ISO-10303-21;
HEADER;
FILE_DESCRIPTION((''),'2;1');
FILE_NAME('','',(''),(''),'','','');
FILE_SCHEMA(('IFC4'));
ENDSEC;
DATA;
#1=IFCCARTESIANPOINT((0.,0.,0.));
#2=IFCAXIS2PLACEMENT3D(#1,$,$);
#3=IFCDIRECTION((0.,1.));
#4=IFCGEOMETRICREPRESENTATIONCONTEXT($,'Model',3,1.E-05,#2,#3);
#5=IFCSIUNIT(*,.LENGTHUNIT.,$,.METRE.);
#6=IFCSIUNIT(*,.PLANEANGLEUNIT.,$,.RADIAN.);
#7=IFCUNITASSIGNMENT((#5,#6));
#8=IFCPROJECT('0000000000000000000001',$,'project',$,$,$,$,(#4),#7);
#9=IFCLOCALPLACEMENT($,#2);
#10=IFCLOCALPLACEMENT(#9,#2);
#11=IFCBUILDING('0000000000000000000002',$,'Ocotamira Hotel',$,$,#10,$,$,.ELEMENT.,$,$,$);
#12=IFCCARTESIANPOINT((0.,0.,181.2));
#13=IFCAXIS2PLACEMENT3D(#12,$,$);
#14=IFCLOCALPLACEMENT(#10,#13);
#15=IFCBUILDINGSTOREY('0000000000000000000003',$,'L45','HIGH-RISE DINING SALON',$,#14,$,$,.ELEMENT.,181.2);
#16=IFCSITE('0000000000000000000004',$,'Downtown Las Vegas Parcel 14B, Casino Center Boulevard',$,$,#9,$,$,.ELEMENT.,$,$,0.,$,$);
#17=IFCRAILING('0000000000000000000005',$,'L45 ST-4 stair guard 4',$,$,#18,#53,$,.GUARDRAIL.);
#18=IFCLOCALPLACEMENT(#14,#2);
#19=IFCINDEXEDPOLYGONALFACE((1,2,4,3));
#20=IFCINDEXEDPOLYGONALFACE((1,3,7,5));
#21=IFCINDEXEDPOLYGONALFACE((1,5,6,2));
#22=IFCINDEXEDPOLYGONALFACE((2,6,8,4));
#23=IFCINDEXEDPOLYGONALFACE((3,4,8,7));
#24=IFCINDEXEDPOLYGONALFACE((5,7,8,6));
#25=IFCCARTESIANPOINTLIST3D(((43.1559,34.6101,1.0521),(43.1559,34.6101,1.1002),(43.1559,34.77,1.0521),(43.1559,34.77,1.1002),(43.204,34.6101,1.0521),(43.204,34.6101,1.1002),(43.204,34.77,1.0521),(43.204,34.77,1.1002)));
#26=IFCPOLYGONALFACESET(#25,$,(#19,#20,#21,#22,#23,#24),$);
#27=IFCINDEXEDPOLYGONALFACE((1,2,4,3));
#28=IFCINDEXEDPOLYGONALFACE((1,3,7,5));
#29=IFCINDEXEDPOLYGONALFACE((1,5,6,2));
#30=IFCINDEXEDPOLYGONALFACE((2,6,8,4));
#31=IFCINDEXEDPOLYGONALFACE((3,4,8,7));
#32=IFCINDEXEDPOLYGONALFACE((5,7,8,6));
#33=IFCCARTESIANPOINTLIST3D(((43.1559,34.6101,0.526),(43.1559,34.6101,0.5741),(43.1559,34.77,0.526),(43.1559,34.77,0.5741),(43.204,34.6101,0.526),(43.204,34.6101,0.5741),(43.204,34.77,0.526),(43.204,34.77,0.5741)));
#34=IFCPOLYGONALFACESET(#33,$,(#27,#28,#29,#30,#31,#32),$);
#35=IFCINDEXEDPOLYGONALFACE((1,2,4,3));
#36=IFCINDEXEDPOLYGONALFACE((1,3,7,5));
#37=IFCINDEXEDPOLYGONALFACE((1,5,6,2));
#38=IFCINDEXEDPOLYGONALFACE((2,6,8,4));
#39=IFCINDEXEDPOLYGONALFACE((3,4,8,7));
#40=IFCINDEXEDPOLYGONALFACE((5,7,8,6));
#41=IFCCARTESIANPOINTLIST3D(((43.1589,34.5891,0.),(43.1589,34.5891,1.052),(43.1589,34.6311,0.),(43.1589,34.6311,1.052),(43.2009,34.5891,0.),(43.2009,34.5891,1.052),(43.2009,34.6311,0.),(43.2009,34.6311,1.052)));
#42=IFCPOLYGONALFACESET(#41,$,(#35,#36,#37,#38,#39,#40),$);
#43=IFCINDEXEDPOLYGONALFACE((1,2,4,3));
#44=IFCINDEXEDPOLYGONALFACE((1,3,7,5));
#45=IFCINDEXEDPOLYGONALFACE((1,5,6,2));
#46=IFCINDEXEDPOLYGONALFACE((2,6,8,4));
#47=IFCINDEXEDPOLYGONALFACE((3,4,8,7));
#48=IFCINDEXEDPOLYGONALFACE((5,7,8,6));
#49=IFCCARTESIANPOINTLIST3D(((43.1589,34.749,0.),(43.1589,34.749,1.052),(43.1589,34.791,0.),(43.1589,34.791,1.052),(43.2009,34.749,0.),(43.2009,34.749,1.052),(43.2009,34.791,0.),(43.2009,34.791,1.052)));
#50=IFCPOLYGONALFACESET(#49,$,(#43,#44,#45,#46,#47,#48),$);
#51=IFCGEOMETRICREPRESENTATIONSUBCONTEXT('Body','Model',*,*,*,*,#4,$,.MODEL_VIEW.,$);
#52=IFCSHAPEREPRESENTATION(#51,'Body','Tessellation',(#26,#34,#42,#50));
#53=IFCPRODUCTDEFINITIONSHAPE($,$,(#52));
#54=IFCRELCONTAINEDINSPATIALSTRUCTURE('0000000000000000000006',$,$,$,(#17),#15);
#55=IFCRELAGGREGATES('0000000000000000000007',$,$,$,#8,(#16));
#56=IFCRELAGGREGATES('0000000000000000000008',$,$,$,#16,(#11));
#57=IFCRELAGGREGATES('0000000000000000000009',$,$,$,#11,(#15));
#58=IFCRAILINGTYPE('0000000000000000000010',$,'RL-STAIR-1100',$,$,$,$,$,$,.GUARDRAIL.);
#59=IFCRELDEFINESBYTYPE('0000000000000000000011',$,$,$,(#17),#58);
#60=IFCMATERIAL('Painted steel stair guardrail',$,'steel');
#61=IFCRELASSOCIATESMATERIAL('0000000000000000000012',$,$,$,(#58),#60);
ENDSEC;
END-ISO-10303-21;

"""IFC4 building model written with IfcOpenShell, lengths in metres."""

from ifc_helpers import new_model, si_unit, direction, frame, origin, origin_2d, place, context, subcontext, project, spatial, rectangle, extrude, material, type_object, element, save


model = new_model("IFC4")

# Units and contexts
model_context = context("Model", 3, precision=1e-05, world=origin(), true_north=direction((0.0, 1.0)))
body_context = subcontext(model_context, "Body", "Model", "MODEL_VIEW")
ifc_project = project(units=[si_unit("LENGTHUNIT", "METRE"), si_unit("PLANEANGLEUNIT", "RADIAN")], contexts=[model_context])

# Site, building, storey
site_placement = place(None, origin())
site = spatial("IfcSite", under=ifc_project, at=site_placement, Name="Downtown Las Vegas Parcel 14B, Casino Center Boulevard", CompositionType="ELEMENT", RefElevation=0.0)
building_placement = place(site_placement, origin())
building = spatial("IfcBuilding", under=site, at=building_placement, Name="Ocotamira Hotel", CompositionType="ELEMENT")
storey_placement = place(building_placement, frame((0.0, 0.0, 181.2)))
storey = spatial("IfcBuildingStorey", under=building, at=storey_placement, Name="L45", Description="HIGH-RISE DINING SALON", CompositionType="ELEMENT", Elevation=181.2)

# Railing
ifc_material_1 = material(Name="Painted steel stair guardrail", Category="steel")
railing_type_1 = type_object("IfcRailingType", Name="RL-STAIR-1100", PredefinedType="GUARDRAIL", material=ifc_material_1)
railing_1_placement = place(storey_placement, frame((43.1799, 34.6101, 0.0)))
element("IfcRailing", 1, at=railing_1_placement, inside=storey, type_object=railing_type_1, Name="L45 ST-4 stair guard 4", PredefinedType="GUARDRAIL", context=body_context, shape_type="SweptSolid", body=[
    extrude(rectangle(XDim=0.0481, YDim=0.0481, at=origin_2d()), frame((0.0, 0.0, 1.0762), z_axis=(0.0, 1.0, 0.0), x_axis=(-1.0, 0.0, 0.0)), (0.0, 0.0, 1.0), 0.1599),
    extrude(rectangle(XDim=0.0481, YDim=0.0481, at=origin_2d()), frame((0.0, 0.0, 0.55), z_axis=(0.0, 1.0, 0.0), x_axis=(-1.0, 0.0, 0.0)), (0.0, 0.0, 1.0), 0.1599),
    extrude(rectangle(XDim=0.042, YDim=0.042, at=origin_2d()), origin(), (0.0, 0.0, 1.0), 1.052),
    extrude(rectangle(XDim=0.042, YDim=0.042, at=origin_2d()), frame((0.0, 0.1599, 0.0)), (0.0, 0.0, 1.0), 1.052),
])

save(model, "model.ifc")
